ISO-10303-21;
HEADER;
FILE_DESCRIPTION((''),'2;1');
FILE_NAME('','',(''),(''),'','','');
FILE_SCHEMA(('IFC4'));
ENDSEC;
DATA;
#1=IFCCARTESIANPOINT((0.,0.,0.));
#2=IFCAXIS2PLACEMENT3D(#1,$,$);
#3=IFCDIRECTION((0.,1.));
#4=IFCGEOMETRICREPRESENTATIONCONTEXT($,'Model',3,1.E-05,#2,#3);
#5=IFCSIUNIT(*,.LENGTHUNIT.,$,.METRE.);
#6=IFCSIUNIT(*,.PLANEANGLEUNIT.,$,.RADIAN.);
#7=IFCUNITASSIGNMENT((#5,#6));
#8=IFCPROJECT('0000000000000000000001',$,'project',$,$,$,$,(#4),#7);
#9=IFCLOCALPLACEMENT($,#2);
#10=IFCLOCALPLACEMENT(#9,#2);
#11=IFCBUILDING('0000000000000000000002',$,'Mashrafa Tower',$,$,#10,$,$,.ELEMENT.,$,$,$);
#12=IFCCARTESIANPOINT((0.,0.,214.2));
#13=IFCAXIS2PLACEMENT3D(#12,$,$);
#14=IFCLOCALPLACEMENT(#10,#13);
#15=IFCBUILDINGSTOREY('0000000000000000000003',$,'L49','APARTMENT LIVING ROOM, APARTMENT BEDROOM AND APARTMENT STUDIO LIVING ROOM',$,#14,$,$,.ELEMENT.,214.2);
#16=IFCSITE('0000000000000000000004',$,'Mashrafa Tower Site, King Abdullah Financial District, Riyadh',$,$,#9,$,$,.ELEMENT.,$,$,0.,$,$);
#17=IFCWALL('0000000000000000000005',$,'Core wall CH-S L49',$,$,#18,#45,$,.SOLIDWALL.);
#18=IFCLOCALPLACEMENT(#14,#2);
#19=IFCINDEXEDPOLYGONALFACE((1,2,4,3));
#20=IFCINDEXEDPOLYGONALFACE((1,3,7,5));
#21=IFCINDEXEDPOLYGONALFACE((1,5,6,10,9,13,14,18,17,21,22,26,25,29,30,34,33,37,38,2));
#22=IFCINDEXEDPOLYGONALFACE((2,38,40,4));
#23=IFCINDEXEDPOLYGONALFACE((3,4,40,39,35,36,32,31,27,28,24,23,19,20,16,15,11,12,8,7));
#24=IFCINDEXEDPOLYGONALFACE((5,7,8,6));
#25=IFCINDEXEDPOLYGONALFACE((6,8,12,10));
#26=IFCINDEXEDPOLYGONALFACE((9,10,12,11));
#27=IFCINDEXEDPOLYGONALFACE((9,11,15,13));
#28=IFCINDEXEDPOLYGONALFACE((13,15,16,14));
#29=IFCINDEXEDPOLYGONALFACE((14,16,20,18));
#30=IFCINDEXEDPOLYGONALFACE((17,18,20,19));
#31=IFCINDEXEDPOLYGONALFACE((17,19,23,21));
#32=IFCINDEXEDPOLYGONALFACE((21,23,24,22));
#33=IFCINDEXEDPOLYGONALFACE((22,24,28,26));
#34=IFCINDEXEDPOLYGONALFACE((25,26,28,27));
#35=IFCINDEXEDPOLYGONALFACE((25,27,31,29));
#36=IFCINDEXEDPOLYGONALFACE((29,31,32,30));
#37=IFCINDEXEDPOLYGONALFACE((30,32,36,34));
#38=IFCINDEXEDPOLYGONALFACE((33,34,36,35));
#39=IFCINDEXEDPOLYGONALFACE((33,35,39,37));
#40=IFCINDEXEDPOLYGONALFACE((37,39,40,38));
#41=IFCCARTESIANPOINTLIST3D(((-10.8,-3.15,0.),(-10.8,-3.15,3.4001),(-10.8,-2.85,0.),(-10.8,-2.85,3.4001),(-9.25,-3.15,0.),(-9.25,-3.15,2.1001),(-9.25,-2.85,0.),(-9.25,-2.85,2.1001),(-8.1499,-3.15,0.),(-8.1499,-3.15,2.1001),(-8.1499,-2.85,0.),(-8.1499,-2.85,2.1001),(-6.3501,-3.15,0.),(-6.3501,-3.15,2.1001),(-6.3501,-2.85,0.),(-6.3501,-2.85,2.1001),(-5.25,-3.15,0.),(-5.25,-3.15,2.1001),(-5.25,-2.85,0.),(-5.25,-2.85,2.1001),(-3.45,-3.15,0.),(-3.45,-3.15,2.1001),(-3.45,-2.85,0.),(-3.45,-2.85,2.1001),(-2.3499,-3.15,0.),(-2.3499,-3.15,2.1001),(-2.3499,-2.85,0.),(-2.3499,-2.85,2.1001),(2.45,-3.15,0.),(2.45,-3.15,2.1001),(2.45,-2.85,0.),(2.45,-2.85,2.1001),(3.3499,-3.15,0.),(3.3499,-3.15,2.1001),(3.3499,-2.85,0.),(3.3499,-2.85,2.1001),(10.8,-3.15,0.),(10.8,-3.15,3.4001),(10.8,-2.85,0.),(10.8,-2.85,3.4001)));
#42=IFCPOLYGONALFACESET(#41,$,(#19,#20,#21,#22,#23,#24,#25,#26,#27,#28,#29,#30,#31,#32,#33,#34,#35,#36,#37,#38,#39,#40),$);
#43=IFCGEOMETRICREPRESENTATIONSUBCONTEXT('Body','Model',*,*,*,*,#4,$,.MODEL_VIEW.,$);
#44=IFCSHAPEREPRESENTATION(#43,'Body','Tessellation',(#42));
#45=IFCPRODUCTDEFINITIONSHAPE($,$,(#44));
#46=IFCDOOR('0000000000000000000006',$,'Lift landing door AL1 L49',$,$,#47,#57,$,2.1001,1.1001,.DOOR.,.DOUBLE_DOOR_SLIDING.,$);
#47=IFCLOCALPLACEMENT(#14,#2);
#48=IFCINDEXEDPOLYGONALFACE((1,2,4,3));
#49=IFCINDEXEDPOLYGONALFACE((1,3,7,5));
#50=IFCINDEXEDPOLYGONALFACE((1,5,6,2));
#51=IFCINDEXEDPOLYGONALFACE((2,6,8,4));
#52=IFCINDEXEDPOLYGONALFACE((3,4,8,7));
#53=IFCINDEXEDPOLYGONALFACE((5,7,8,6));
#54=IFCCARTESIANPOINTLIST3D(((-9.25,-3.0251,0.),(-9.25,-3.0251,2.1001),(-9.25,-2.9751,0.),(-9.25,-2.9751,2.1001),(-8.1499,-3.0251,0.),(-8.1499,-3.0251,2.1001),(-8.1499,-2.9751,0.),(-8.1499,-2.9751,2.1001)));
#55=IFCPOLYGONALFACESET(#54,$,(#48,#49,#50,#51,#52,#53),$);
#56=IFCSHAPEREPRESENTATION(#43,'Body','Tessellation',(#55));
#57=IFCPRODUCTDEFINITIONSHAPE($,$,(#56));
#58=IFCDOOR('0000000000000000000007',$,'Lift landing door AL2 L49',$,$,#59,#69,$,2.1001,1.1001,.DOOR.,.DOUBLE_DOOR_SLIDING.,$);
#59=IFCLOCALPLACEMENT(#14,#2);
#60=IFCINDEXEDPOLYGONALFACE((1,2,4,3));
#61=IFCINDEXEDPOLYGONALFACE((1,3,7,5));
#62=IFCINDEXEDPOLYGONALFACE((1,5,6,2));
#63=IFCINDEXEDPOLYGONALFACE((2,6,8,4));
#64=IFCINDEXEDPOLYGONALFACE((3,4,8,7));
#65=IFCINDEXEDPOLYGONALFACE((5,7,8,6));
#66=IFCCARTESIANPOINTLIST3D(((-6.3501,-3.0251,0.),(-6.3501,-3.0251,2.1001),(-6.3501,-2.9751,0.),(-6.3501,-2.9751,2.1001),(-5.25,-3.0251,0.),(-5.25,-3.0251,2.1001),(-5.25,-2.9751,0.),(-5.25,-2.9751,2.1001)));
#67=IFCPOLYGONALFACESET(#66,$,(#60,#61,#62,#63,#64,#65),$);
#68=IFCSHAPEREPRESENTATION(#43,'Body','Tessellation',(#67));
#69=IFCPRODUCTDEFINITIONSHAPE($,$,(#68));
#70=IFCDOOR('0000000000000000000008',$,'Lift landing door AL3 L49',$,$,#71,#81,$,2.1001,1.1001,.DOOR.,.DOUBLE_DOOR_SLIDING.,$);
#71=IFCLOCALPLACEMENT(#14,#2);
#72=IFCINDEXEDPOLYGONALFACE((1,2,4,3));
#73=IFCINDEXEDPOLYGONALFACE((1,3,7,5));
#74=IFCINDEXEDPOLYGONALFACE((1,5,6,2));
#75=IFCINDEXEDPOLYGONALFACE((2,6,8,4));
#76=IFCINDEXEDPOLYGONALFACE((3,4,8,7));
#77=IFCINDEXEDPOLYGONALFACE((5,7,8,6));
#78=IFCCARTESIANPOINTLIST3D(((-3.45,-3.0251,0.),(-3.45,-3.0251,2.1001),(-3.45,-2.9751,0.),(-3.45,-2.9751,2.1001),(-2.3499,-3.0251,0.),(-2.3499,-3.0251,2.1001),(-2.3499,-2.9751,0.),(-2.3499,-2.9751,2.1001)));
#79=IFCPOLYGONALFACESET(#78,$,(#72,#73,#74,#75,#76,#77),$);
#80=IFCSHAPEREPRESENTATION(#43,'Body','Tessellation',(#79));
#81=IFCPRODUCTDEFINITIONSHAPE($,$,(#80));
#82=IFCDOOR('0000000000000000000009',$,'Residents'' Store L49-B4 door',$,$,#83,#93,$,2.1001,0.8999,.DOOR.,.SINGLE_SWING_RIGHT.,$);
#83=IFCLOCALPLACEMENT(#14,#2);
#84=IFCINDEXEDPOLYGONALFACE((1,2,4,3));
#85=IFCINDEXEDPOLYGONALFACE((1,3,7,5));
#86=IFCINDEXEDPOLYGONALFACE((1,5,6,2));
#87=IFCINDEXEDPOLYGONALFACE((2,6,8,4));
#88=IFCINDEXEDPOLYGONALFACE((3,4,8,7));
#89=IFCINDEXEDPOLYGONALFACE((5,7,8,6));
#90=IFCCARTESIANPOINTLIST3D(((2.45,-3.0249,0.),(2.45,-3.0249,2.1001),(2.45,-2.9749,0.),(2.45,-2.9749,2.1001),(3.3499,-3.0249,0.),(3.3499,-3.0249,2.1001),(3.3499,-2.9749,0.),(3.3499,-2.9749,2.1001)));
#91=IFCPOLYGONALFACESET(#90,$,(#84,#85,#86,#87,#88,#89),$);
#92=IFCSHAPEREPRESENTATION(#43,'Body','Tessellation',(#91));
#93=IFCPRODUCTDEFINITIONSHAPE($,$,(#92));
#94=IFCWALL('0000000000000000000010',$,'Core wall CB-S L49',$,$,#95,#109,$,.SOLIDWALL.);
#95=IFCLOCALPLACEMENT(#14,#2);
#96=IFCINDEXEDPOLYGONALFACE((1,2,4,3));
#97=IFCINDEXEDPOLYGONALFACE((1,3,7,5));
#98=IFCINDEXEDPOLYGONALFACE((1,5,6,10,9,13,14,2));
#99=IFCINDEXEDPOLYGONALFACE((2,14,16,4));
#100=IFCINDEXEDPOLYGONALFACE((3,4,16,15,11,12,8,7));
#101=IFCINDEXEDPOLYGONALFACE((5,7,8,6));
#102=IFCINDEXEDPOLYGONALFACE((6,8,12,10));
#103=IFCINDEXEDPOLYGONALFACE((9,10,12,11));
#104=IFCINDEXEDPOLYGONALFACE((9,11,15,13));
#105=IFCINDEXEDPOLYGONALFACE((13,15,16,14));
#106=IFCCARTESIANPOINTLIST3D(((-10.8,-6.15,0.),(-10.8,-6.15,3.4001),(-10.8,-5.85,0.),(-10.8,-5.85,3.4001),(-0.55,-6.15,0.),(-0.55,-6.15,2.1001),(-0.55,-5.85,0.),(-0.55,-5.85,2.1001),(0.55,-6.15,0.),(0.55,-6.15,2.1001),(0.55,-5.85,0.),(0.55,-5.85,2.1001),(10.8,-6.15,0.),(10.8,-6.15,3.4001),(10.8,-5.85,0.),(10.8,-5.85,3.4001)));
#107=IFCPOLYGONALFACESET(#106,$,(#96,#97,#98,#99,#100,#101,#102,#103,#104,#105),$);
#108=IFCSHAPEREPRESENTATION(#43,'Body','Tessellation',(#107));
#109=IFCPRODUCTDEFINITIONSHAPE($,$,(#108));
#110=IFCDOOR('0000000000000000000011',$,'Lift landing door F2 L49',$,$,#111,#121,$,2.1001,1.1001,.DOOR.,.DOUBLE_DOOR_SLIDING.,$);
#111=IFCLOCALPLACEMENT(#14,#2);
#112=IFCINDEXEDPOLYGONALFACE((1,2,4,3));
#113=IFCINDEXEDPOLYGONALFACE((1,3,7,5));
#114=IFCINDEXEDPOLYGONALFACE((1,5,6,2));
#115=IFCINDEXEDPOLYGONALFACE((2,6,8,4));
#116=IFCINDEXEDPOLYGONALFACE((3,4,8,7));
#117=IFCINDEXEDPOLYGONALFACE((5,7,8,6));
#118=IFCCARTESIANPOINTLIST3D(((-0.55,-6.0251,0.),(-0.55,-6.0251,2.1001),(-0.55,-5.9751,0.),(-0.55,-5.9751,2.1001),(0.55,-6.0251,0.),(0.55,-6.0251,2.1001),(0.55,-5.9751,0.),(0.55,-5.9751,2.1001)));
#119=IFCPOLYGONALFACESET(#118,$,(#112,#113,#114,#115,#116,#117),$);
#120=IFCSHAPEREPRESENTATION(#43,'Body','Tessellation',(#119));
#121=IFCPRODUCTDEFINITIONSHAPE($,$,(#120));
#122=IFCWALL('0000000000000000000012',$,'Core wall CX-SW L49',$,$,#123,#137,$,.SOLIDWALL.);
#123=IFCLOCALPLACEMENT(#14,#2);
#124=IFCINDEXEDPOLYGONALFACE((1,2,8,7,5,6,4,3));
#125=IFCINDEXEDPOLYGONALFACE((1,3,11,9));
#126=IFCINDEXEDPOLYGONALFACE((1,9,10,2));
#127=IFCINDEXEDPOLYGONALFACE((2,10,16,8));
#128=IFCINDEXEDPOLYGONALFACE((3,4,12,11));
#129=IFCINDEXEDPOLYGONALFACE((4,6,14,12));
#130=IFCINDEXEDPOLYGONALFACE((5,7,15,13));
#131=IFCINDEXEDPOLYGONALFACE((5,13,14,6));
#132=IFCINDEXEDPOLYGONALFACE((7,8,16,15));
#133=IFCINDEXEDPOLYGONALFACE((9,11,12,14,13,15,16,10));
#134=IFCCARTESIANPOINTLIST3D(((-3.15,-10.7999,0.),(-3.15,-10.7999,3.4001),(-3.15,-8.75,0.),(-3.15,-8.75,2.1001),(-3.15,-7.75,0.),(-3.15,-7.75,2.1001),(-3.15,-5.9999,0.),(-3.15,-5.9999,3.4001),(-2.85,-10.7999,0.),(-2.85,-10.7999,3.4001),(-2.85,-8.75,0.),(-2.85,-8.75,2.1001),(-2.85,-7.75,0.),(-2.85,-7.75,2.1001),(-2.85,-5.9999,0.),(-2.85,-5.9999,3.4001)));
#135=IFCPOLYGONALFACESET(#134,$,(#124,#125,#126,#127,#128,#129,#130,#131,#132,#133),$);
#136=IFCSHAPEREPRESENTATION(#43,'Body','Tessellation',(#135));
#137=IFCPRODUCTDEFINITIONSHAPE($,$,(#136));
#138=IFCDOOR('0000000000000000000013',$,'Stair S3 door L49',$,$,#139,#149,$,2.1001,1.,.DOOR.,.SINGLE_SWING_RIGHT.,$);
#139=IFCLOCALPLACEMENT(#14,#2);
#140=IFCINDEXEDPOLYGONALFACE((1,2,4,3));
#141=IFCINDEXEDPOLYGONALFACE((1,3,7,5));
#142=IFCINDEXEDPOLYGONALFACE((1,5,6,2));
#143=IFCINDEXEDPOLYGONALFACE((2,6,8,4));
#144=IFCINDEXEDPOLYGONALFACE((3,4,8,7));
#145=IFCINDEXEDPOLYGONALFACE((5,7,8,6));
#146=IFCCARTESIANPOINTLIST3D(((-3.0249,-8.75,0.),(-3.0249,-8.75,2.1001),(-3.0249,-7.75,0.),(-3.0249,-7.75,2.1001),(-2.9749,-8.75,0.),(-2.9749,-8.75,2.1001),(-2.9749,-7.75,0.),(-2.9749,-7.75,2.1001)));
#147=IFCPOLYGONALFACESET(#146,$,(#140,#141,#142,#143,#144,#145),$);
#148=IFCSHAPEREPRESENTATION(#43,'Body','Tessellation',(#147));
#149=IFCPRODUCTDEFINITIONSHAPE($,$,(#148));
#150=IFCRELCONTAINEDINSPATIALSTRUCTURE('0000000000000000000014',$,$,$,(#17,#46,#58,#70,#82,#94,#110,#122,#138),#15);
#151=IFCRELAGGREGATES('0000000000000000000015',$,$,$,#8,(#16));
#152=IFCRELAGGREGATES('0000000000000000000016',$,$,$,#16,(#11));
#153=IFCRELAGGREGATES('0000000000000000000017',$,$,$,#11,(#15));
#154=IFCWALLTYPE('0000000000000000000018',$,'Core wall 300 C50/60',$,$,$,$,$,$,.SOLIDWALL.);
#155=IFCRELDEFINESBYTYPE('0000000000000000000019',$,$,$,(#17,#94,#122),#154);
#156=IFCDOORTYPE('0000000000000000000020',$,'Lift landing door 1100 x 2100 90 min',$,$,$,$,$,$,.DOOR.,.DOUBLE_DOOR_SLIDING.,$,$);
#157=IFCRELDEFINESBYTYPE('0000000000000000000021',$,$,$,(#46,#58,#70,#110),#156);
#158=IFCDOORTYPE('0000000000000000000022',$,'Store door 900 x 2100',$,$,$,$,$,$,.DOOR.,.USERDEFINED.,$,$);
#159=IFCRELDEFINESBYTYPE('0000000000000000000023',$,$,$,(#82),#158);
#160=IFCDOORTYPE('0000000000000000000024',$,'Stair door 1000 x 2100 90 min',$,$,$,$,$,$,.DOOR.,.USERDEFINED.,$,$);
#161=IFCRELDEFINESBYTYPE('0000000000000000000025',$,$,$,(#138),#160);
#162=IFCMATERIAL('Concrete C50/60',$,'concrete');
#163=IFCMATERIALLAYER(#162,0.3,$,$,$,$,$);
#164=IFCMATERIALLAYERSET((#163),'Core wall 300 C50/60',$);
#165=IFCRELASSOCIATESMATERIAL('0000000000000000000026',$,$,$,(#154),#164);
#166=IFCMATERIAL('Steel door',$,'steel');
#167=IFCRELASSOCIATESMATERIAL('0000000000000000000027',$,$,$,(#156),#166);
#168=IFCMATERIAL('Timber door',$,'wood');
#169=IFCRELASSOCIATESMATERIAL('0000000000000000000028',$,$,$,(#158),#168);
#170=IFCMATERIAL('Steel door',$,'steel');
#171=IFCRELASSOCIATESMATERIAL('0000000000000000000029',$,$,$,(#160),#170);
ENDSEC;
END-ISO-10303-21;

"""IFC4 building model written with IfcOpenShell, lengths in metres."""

from ifc_helpers import new_model, si_unit, direction, frame, frame_2d, origin, place, context, subcontext, project, spatial, rectangle, extrude, material, layer, layer_set, type_object, element, fill, save


model = new_model("IFC4")

# Units and contexts
model_context = context("Model", 3, precision=1e-05, world=origin(), true_north=direction((0.0, 1.0)))
body_context = subcontext(model_context, "Body", "Model", "MODEL_VIEW")
ifc_project = project(units=[si_unit("LENGTHUNIT", "METRE"), si_unit("PLANEANGLEUNIT", "RADIAN")], contexts=[model_context])

# Site, building, storey
site_placement = place(None, origin())
site = spatial("IfcSite", under=ifc_project, at=site_placement, Name="Mashrafa Tower Site, King Abdullah Financial District, Riyadh", CompositionType="ELEMENT", RefElevation=0.0)
building_placement = place(site_placement, origin())
building = spatial("IfcBuilding", under=site, at=building_placement, Name="Mashrafa Tower", CompositionType="ELEMENT")
storey_placement = place(building_placement, frame((0.0, 0.0, 214.2)))
storey = spatial("IfcBuildingStorey", under=building, at=storey_placement, Name="L49", Description="APARTMENT LIVING ROOM, APARTMENT BEDROOM AND APARTMENT STUDIO LIVING ROOM", CompositionType="ELEMENT", Elevation=214.2)

# Wall, openings, doors
ifc_material_1 = material(Name="Concrete C50/60", Category="concrete")
ifc_layer_1 = layer(ifc_material_1, 0.3)
ifc_layer_set_1 = layer_set([ifc_layer_1], Name="Core wall 300 C50/60")
wall_type_1 = type_object("IfcWallType", Name="Core wall 300 C50/60", PredefinedType="SOLIDWALL", material=ifc_layer_set_1)
wall_1_placement = place(storey_placement, frame((-10.8, -3.0, 0.0), z_axis=(0.0, 0.0, 1.0), x_axis=(1.0, 0.0, 0.0)))
wall_1 = element("IfcWall", 1, at=wall_1_placement, inside=storey, type_object=wall_type_1, Name="Core wall CH-S L49", PredefinedType="SOLIDWALL", context=body_context, shape_type="SweptSolid", body=[
    extrude(rectangle(XDim=21.6001, YDim=0.3, at=frame_2d((10.8, 0.0))), origin(), (0.0, 0.0, 1.0), 3.4001),
])
opening_1_placement = place(wall_1_placement, frame((13.25, 0.0, 0.0)))
opening_1 = element("IfcOpeningElement", 2, at=opening_1_placement, cuts=wall_1, PredefinedType="OPENING", context=body_context, shape_type="SweptSolid", body=[
    extrude(rectangle(XDim=0.8999, YDim=2.1001, at=frame_2d((0.45, 1.05))), frame((0.0, 0.1599, 0.0), z_axis=(0.0, -1.0, 0.0), x_axis=(1.0, 0.0, 0.0)), (0.0, 0.0, 1.0), 0.3201),
])
opening_2_placement = place(wall_1_placement, frame((1.55, 0.0, 0.0)))
opening_2 = element("IfcOpeningElement", 3, at=opening_2_placement, cuts=wall_1, PredefinedType="OPENING", context=body_context, shape_type="SweptSolid", body=[
    extrude(rectangle(XDim=1.1001, YDim=2.1001, at=frame_2d((0.55, 1.05))), frame((0.0, 0.1599, 0.0), z_axis=(0.0, -1.0, 0.0), x_axis=(1.0, 0.0, 0.0)), (0.0, 0.0, 1.0), 0.3201),
])
opening_3_placement = place(wall_1_placement, frame((4.45, 0.0, 0.0)))
opening_3 = element("IfcOpeningElement", 4, at=opening_3_placement, cuts=wall_1, PredefinedType="OPENING", context=body_context, shape_type="SweptSolid", body=[
    extrude(rectangle(XDim=1.1001, YDim=2.1001, at=frame_2d((0.55, 1.05))), frame((0.0, 0.1599, 0.0), z_axis=(0.0, -1.0, 0.0), x_axis=(1.0, 0.0, 0.0)), (0.0, 0.0, 1.0), 0.3201),
])
opening_4_placement = place(wall_1_placement, frame((7.3501, 0.0, 0.0)))
opening_4 = element("IfcOpeningElement", 5, at=opening_4_placement, cuts=wall_1, PredefinedType="OPENING", context=body_context, shape_type="SweptSolid", body=[
    extrude(rectangle(XDim=1.1001, YDim=2.1001, at=frame_2d((0.55, 1.05))), frame((0.0, 0.1599, 0.0), z_axis=(0.0, -1.0, 0.0), x_axis=(1.0, 0.0, 0.0)), (0.0, 0.0, 1.0), 0.3201),
])
ifc_material_2 = material(Name="Steel door", Category="steel")
door_type_1 = type_object("IfcDoorType", Name="Lift landing door 1100 x 2100 90 min", OperationType="DOUBLE_DOOR_SLIDING", PredefinedType="DOOR", material=ifc_material_2)
door_1_placement = place(opening_2_placement, origin())
door_1 = element("IfcDoor", 6, at=door_1_placement, inside=storey, type_object=door_type_1, Name="Lift landing door AL1 L49", OperationType="DOUBLE_DOOR_SLIDING", OverallHeight=2.1001, OverallWidth=1.1001, PredefinedType="DOOR", context=body_context, shape_type="SweptSolid", body=[
    extrude(rectangle(XDim=1.1001, YDim=2.1001, at=frame_2d((0.55, 1.05))), frame((0.0, 0.0249, 0.0), z_axis=(0.0, -1.0, 0.0), x_axis=(1.0, 0.0, 0.0)), (0.0, 0.0, 1.0), 0.05),
])
fill(opening_2, door_1)
door_2_placement = place(opening_3_placement, origin())
door_2 = element("IfcDoor", 7, at=door_2_placement, inside=storey, type_object=door_type_1, Name="Lift landing door AL2 L49", OperationType="DOUBLE_DOOR_SLIDING", OverallHeight=2.1001, OverallWidth=1.1001, PredefinedType="DOOR", context=body_context, shape_type="SweptSolid", body=[
    extrude(rectangle(XDim=1.1001, YDim=2.1001, at=frame_2d((0.55, 1.05))), frame((0.0, 0.0249, 0.0), z_axis=(0.0, -1.0, 0.0), x_axis=(1.0, 0.0, 0.0)), (0.0, 0.0, 1.0), 0.05),
])
fill(opening_3, door_2)
door_3_placement = place(opening_4_placement, origin())
door_3 = element("IfcDoor", 8, at=door_3_placement, inside=storey, type_object=door_type_1, Name="Lift landing door AL3 L49", OperationType="DOUBLE_DOOR_SLIDING", OverallHeight=2.1001, OverallWidth=1.1001, PredefinedType="DOOR", context=body_context, shape_type="SweptSolid", body=[
    extrude(rectangle(XDim=1.1001, YDim=2.1001, at=frame_2d((0.55, 1.05))), frame((0.0, 0.0249, 0.0), z_axis=(0.0, -1.0, 0.0), x_axis=(1.0, 0.0, 0.0)), (0.0, 0.0, 1.0), 0.05),
])
fill(opening_4, door_3)
ifc_material_3 = material(Name="Timber door", Category="wood")
door_type_2 = type_object("IfcDoorType", Name="Store door 900 x 2100", OperationType="USERDEFINED", PredefinedType="DOOR", material=ifc_material_3)
door_4_placement = place(opening_1_placement, frame((0.8999, 0.0, 0.0), z_axis=(0.0, 0.0, 1.0), x_axis=(-1.0, 0.0, 0.0)))
door_4 = element("IfcDoor", 9, at=door_4_placement, inside=storey, type_object=door_type_2, Name="Residents' Store L49-B4 door", OperationType="SINGLE_SWING_RIGHT", OverallHeight=2.1001, OverallWidth=0.8999, PredefinedType="DOOR", context=body_context, shape_type="SweptSolid", body=[
    extrude(rectangle(XDim=0.8999, YDim=2.1001, at=frame_2d((0.45, 1.05))), frame((0.0, 0.0249, 0.0), z_axis=(0.0, -1.0, 0.0), x_axis=(1.0, 0.0, 0.0)), (0.0, 0.0, 1.0), 0.05),
])
fill(opening_1, door_4)

# Walls, openings, doors
wall_2_placement = place(storey_placement, frame((-10.8, -6.0, 0.0), z_axis=(0.0, 0.0, 1.0), x_axis=(1.0, 0.0, 0.0)))
wall_2 = element("IfcWall", 10, at=wall_2_placement, inside=storey, type_object=wall_type_1, Name="Core wall CB-S L49", PredefinedType="SOLIDWALL", context=body_context, shape_type="SweptSolid", body=[
    extrude(rectangle(XDim=21.6001, YDim=0.3, at=frame_2d((10.8, 0.0))), origin(), (0.0, 0.0, 1.0), 3.4001),
])
opening_5_placement = place(wall_2_placement, frame((10.25, 0.0, 0.0)))
opening_5 = element("IfcOpeningElement", 11, at=opening_5_placement, cuts=wall_2, PredefinedType="OPENING", context=body_context, shape_type="SweptSolid", body=[
    extrude(rectangle(XDim=1.1001, YDim=2.1001, at=frame_2d((0.55, 1.05))), frame((0.0, 0.1599, 0.0), z_axis=(0.0, -1.0, 0.0), x_axis=(1.0, 0.0, 0.0)), (0.0, 0.0, 1.0), 0.3201),
])
door_5_placement = place(opening_5_placement, origin())
door_5 = element("IfcDoor", 12, at=door_5_placement, inside=storey, type_object=door_type_1, Name="Lift landing door F2 L49", OperationType="DOUBLE_DOOR_SLIDING", OverallHeight=2.1001, OverallWidth=1.1001, PredefinedType="DOOR", context=body_context, shape_type="SweptSolid", body=[
    extrude(rectangle(XDim=1.1001, YDim=2.1001, at=frame_2d((0.55, 1.05))), frame((0.0, 0.0249, 0.0), z_axis=(0.0, -1.0, 0.0), x_axis=(1.0, 0.0, 0.0)), (0.0, 0.0, 1.0), 0.05),
])
fill(opening_5, door_5)
wall_3_placement = place(storey_placement, frame((-3.0, -6.0, 0.0), z_axis=(0.0, 0.0, 1.0), x_axis=(0.0, -1.0, 0.0)))
wall_3 = element("IfcWall", 13, at=wall_3_placement, inside=storey, type_object=wall_type_1, Name="Core wall CX-SW L49", PredefinedType="SOLIDWALL", context=body_context, shape_type="SweptSolid", body=[
    extrude(rectangle(XDim=4.8, YDim=0.3, at=frame_2d((2.3999, 0.0))), origin(), (0.0, 0.0, 1.0), 3.4001),
])
opening_6_placement = place(wall_3_placement, frame((1.75, 0.0, 0.0)))
opening_6 = element("IfcOpeningElement", 14, at=opening_6_placement, cuts=wall_3, PredefinedType="OPENING", context=body_context, shape_type="SweptSolid", body=[
    extrude(rectangle(XDim=1.0, YDim=2.1001, at=frame_2d((0.5, 1.05))), frame((0.0, 0.1599, 0.0), z_axis=(0.0, -1.0, 0.0), x_axis=(1.0, 0.0, 0.0)), (0.0, 0.0, 1.0), 0.3201),
])
ifc_material_4 = material(Name="Steel door", Category="steel")
door_type_3 = type_object("IfcDoorType", Name="Stair door 1000 x 2100 90 min", OperationType="USERDEFINED", PredefinedType="DOOR", material=ifc_material_4)
door_6_placement = place(opening_6_placement, frame((1.0, 0.0, 0.0), z_axis=(0.0, 0.0, 1.0), x_axis=(-1.0, 0.0, 0.0)))
door_6 = element("IfcDoor", 15, at=door_6_placement, inside=storey, type_object=door_type_3, Name="Stair S3 door L49", OperationType="SINGLE_SWING_RIGHT", OverallHeight=2.1001, OverallWidth=1.0, PredefinedType="DOOR", context=body_context, shape_type="SweptSolid", body=[
    extrude(rectangle(XDim=1.0, YDim=2.1001, at=frame_2d((0.5, 1.05))), frame((0.0, 0.0249, 0.0), z_axis=(0.0, -1.0, 0.0), x_axis=(1.0, 0.0, 0.0)), (0.0, 0.0, 1.0), 0.05),
])
fill(opening_6, door_6)

save(model, "model.ifc")
